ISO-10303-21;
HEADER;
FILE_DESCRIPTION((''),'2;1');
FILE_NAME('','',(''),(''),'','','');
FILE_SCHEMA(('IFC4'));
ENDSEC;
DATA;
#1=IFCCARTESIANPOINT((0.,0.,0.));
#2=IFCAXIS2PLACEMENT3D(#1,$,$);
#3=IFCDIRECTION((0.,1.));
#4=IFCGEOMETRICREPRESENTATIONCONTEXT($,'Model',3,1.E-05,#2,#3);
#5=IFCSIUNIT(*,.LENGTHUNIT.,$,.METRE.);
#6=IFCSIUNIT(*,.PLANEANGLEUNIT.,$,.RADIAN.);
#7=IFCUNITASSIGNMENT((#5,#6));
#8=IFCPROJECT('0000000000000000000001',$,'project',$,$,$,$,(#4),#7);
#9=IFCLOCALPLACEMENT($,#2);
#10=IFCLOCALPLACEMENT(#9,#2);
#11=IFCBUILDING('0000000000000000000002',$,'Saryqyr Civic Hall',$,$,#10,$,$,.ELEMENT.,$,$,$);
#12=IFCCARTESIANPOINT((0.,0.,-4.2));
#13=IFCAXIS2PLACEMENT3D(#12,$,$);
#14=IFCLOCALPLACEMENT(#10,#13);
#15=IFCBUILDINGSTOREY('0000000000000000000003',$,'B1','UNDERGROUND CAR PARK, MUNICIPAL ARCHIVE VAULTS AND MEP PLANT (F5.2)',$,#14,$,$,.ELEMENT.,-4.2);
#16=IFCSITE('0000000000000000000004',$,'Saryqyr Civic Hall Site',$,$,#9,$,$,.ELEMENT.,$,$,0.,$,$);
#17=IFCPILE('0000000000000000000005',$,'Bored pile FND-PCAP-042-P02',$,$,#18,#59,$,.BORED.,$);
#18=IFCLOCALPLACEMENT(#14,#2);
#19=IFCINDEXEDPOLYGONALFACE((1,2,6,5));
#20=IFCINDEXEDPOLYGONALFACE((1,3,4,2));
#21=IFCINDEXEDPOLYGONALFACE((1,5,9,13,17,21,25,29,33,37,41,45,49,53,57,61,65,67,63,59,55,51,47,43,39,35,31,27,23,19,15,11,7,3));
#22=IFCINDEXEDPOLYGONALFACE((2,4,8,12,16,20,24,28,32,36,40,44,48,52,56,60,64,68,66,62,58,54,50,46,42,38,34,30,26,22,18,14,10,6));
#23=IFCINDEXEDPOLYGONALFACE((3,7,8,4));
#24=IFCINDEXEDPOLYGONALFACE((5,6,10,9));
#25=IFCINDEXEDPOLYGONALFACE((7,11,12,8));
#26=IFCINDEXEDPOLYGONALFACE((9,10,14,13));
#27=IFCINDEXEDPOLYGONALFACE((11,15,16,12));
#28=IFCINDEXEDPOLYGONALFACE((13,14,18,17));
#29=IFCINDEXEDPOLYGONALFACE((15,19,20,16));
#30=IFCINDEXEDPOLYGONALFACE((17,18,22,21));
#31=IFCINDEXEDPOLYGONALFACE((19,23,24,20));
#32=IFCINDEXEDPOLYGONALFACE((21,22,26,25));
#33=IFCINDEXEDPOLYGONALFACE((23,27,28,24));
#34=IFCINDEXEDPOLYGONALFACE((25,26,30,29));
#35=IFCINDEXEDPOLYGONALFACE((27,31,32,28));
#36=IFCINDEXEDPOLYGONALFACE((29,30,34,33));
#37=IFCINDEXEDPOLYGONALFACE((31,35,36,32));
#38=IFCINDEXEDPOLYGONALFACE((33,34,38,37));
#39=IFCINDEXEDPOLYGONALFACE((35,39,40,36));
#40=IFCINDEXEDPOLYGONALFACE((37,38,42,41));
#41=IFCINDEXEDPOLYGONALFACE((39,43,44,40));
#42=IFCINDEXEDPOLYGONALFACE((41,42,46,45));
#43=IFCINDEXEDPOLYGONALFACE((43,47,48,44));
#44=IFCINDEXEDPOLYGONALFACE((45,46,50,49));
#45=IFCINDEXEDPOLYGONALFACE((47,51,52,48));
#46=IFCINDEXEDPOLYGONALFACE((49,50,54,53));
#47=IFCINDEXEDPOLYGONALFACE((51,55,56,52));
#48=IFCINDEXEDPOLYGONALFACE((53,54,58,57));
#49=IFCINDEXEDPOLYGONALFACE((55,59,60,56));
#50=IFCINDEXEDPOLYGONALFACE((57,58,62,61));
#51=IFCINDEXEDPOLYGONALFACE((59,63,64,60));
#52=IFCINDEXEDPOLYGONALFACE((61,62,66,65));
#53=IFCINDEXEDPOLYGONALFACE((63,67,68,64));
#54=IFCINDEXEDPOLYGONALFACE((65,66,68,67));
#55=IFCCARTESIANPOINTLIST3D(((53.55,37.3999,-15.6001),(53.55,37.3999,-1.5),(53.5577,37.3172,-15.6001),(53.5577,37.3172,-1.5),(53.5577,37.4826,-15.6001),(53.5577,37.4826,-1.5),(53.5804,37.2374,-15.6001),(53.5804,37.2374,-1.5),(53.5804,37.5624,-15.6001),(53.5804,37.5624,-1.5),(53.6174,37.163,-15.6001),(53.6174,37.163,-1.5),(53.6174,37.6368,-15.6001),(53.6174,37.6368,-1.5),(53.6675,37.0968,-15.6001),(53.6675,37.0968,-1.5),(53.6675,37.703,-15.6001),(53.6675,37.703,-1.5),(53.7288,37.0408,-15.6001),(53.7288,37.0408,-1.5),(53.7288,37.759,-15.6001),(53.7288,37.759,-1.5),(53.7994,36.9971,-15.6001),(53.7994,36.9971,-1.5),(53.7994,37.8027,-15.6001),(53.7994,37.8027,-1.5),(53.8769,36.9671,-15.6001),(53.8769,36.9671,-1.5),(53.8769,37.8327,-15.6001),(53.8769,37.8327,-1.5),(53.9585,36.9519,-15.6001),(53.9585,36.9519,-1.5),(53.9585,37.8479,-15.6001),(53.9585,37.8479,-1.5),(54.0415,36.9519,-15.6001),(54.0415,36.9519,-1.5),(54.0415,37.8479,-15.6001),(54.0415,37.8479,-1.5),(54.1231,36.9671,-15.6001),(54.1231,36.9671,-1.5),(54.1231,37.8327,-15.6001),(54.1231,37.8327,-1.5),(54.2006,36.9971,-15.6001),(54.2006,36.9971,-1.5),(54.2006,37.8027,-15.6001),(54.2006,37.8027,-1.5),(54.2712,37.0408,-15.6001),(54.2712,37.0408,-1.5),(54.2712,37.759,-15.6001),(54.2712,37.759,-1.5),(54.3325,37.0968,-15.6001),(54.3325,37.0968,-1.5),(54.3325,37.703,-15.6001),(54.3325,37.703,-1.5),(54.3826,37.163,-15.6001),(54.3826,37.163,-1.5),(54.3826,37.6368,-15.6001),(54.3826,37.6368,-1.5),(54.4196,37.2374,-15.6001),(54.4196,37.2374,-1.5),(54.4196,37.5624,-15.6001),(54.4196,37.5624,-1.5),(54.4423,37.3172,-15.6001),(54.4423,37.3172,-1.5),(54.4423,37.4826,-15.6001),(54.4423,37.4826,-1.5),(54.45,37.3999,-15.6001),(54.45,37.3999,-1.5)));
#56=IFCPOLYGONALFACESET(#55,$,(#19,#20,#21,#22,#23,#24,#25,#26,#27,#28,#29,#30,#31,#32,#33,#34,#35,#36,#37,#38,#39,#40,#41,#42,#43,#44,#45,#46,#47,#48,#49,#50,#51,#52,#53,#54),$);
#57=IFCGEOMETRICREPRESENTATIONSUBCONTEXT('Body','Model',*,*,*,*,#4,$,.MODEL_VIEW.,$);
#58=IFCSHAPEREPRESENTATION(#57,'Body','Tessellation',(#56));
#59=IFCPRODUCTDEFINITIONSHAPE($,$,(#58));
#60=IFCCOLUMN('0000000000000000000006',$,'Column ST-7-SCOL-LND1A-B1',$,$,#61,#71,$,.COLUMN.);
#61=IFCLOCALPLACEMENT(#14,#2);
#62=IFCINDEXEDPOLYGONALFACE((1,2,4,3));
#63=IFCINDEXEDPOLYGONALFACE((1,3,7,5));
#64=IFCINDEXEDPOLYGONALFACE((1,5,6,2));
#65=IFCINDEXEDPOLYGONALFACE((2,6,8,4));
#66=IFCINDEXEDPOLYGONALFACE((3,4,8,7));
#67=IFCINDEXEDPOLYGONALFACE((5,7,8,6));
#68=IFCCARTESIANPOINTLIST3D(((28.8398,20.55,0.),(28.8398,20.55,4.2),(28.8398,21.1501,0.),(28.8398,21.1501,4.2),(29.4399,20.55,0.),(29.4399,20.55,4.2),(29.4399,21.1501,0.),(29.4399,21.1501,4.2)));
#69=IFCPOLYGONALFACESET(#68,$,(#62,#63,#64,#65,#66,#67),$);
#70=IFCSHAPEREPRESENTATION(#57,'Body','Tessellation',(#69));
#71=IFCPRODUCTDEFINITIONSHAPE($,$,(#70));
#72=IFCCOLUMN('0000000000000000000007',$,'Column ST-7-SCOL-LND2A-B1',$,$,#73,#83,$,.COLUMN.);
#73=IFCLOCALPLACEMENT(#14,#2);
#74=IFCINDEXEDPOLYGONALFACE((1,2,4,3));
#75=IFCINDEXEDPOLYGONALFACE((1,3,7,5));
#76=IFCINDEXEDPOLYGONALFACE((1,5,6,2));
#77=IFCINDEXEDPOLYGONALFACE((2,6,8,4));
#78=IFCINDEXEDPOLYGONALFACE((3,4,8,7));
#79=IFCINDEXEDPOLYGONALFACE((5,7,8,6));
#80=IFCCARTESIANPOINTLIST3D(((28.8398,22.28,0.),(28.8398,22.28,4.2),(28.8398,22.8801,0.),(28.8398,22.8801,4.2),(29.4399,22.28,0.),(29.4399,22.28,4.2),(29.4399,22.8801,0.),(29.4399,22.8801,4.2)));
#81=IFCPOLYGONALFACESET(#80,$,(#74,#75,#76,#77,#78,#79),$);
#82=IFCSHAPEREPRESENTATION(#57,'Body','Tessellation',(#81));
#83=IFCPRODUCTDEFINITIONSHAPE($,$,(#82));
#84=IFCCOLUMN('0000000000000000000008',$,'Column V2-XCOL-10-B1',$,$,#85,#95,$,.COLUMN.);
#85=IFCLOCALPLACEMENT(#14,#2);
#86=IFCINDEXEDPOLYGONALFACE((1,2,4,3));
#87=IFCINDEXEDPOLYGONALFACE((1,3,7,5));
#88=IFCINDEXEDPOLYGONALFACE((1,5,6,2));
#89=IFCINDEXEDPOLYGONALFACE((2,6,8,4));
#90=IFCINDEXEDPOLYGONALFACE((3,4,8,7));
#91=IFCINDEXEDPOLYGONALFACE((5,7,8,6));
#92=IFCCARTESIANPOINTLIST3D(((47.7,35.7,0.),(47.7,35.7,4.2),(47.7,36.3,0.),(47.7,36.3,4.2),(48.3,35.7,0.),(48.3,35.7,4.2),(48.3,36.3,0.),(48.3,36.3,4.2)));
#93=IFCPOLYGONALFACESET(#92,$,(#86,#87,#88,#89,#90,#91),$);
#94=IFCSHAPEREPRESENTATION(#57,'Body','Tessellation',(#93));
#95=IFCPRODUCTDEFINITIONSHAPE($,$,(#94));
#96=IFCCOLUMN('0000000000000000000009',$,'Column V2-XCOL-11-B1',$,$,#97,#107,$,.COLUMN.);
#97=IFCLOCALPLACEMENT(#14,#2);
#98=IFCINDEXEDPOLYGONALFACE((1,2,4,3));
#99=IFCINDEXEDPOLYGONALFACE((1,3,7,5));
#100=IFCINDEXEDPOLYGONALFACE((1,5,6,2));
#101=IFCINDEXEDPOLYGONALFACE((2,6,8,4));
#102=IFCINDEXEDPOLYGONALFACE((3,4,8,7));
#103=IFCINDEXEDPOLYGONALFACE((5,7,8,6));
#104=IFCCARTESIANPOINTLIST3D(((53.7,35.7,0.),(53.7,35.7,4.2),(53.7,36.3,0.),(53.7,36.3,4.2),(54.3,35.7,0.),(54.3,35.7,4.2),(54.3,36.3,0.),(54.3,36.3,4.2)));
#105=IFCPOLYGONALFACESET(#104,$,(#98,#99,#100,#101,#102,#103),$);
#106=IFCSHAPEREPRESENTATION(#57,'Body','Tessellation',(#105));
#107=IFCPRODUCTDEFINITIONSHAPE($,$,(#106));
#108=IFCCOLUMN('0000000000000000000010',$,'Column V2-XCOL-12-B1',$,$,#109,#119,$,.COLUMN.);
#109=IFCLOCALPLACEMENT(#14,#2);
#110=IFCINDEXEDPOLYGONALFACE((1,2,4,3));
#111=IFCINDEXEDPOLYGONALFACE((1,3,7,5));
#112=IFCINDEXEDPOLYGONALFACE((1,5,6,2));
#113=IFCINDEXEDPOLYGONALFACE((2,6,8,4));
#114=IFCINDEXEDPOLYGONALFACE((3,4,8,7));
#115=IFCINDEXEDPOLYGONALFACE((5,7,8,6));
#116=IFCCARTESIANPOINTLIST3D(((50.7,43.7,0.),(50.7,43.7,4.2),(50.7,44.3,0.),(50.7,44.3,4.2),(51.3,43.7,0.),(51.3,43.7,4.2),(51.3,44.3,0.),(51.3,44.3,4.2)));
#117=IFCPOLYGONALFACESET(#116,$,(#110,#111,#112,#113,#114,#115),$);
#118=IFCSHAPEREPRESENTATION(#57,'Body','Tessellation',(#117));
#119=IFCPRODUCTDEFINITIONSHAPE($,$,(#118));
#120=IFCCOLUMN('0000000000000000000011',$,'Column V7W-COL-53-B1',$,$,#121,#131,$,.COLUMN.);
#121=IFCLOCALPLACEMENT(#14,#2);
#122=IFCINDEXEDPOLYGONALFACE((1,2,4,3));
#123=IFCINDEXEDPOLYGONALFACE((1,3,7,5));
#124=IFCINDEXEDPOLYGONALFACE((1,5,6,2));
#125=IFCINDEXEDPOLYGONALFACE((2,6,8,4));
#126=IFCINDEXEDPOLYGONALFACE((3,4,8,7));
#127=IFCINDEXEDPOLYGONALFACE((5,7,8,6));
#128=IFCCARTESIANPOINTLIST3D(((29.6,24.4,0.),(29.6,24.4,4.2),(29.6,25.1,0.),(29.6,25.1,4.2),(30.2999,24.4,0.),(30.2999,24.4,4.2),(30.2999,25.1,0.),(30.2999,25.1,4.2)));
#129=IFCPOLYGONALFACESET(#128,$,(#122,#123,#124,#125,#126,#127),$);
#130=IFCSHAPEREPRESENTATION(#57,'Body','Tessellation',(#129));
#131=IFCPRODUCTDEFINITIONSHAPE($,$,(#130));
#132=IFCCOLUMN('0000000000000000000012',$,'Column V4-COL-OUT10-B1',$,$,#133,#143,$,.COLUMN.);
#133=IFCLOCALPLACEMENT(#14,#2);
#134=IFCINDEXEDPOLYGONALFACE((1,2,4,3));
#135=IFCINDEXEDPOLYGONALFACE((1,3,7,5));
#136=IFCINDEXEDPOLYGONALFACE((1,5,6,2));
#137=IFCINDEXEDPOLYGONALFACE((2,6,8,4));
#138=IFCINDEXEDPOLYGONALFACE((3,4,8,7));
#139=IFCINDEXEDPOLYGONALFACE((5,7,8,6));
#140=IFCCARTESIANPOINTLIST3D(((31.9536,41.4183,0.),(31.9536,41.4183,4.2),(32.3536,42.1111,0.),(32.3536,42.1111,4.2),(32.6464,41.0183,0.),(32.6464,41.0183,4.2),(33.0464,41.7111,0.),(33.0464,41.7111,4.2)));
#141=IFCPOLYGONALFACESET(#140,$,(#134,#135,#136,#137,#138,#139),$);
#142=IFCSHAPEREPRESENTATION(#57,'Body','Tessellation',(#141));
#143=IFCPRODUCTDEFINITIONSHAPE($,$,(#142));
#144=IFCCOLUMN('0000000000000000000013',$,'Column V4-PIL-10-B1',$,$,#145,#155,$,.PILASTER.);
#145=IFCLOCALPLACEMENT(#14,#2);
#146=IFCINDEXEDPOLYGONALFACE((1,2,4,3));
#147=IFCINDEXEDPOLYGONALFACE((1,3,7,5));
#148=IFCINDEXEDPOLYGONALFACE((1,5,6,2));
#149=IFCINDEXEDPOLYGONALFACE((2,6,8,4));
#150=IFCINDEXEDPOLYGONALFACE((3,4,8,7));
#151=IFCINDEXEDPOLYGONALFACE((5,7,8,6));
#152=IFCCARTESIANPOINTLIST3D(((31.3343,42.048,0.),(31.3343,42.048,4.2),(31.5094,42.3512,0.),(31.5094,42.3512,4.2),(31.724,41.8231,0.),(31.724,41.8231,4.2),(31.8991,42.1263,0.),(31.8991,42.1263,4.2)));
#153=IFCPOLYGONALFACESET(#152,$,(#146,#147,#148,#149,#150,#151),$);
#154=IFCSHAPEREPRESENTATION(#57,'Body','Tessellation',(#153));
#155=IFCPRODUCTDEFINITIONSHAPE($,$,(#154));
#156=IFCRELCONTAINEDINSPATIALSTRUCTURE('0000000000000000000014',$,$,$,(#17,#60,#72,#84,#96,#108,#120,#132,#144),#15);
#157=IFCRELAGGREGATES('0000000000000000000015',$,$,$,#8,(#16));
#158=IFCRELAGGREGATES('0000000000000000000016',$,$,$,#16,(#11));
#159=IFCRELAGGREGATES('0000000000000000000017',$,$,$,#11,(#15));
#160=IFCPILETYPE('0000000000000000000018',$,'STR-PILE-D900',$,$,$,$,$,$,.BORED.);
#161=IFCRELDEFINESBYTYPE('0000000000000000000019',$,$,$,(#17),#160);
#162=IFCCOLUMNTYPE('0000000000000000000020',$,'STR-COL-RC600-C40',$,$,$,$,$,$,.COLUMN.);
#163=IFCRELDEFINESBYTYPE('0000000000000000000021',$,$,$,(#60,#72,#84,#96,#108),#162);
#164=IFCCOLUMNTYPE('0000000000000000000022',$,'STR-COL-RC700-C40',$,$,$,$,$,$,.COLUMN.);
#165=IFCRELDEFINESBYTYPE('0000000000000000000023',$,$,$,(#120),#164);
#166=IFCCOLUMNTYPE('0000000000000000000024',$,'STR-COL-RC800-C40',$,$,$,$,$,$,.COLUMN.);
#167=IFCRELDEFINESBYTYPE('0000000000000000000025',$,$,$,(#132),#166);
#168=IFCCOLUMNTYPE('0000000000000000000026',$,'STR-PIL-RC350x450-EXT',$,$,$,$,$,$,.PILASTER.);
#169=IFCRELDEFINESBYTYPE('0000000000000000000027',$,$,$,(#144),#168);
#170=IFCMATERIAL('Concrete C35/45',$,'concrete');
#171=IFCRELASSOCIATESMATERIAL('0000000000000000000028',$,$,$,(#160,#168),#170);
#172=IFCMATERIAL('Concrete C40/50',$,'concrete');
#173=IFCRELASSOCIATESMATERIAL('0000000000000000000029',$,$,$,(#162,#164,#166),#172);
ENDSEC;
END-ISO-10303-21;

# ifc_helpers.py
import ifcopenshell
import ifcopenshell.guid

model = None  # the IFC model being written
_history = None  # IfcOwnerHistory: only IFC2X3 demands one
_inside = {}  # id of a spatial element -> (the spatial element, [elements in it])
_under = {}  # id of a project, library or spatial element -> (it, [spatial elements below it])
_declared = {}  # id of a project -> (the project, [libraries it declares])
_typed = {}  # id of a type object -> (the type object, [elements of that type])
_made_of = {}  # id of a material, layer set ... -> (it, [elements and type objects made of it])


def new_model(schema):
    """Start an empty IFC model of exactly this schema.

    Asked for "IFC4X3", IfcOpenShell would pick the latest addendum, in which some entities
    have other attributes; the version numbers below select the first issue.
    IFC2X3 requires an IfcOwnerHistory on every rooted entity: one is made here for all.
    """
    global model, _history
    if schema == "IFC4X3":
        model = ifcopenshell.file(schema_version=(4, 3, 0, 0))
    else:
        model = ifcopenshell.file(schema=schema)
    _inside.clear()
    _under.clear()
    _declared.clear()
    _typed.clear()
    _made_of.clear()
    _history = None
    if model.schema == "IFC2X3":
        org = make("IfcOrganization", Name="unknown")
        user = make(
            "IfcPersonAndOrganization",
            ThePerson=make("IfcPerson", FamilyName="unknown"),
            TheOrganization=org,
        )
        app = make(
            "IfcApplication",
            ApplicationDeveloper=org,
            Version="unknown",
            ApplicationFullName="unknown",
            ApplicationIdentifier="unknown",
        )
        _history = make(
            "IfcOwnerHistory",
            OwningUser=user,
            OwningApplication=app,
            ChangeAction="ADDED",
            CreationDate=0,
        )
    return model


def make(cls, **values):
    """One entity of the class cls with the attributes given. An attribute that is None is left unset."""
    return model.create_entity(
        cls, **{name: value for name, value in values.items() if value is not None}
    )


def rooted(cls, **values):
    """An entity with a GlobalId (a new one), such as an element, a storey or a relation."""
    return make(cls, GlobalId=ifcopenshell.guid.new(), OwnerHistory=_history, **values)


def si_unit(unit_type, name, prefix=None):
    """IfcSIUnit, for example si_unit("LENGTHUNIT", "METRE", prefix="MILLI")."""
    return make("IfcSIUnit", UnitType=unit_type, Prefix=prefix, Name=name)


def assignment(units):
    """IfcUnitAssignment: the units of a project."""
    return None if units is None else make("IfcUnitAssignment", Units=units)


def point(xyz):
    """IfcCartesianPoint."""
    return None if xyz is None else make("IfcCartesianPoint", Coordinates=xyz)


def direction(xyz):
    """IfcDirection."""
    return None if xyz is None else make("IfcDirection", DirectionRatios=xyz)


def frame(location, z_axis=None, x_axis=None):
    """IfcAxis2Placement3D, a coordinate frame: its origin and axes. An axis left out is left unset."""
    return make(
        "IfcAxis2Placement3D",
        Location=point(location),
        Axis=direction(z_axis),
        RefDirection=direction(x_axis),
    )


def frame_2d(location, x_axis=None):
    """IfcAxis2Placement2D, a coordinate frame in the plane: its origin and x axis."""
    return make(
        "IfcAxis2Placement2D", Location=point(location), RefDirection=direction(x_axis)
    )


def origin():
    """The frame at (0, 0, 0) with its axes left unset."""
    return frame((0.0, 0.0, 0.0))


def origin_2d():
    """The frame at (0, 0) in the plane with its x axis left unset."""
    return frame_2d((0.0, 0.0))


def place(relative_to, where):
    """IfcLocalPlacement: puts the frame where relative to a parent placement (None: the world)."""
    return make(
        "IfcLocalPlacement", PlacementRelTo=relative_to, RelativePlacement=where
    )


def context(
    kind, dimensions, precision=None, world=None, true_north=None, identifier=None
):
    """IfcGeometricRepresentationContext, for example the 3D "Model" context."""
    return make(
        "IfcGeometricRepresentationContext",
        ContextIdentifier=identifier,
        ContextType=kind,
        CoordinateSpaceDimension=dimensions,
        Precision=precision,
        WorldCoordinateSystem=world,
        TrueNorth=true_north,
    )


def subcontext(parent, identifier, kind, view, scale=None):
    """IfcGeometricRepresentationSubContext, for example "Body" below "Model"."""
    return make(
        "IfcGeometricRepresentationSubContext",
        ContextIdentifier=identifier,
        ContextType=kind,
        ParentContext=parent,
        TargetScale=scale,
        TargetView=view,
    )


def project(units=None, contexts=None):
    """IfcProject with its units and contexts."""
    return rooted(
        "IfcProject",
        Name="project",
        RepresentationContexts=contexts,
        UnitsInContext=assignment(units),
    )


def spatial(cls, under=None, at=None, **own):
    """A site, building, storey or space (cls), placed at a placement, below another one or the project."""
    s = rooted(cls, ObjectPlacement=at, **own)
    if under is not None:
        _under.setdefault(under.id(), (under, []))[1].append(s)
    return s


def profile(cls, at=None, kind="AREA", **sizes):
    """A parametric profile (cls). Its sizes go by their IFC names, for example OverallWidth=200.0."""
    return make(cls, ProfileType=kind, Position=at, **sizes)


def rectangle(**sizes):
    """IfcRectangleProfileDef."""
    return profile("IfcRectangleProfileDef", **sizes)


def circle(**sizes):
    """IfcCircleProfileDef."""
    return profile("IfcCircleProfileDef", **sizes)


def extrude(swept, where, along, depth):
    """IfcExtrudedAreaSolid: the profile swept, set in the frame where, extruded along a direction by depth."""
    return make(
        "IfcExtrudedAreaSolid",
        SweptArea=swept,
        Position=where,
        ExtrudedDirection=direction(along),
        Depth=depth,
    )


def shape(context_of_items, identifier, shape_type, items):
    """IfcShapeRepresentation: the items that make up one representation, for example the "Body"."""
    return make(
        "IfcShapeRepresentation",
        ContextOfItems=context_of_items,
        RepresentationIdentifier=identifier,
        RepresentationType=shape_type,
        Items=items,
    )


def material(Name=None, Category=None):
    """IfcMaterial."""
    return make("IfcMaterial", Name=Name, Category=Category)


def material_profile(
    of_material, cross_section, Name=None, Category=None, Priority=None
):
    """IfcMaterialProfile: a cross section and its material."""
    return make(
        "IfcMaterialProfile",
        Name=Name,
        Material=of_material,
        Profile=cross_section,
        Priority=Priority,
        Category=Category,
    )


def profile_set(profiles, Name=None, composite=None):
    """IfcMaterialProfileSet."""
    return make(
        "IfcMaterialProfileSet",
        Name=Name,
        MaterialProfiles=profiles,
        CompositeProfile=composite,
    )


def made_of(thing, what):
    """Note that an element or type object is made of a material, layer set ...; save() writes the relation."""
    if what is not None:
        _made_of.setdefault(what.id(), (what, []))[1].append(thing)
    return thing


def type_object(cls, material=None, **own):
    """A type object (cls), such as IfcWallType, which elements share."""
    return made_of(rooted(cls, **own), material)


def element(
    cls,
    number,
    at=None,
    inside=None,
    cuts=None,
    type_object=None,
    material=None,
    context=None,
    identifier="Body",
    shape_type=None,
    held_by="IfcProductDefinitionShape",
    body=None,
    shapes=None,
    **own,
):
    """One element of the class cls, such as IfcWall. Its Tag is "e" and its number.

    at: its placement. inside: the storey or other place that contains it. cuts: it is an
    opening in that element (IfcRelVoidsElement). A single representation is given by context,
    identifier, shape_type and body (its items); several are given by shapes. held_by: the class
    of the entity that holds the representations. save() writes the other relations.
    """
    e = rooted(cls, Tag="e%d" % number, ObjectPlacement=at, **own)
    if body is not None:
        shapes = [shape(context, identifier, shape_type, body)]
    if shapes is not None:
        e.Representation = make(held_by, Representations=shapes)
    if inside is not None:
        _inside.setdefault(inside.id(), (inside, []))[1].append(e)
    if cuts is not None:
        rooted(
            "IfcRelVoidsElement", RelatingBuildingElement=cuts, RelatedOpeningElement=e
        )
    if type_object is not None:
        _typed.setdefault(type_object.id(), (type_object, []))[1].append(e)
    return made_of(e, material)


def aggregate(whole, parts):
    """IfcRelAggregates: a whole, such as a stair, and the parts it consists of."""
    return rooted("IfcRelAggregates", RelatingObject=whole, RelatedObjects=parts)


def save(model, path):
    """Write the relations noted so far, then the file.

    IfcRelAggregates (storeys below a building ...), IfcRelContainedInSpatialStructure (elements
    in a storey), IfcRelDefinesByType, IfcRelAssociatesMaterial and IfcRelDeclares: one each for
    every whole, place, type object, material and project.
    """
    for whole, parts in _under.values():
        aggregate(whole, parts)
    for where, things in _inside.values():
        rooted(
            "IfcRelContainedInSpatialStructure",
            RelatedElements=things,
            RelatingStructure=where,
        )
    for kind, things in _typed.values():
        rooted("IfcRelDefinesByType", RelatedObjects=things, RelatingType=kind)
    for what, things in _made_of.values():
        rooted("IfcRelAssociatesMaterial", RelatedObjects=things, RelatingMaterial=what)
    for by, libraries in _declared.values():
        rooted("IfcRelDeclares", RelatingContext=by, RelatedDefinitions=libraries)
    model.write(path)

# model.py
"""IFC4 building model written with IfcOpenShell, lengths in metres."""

from ifc_helpers import new_model, si_unit, direction, frame, origin, origin_2d, place, context, subcontext, project, spatial, rectangle, circle, extrude, material, material_profile, profile_set, type_object, element, save


model = new_model("IFC4")

# Units and contexts
model_context = context("Model", 3, precision=1e-05, world=origin(), true_north=direction((0.0, 1.0)))
body_context = subcontext(model_context, "Body", "Model", "MODEL_VIEW")
ifc_project = project(units=[si_unit("LENGTHUNIT", "METRE"), si_unit("PLANEANGLEUNIT", "RADIAN")], contexts=[model_context])

# Site, building, storey
site_placement = place(None, origin())
site = spatial("IfcSite", under=ifc_project, at=site_placement, Name="Saryqyr Civic Hall Site", CompositionType="ELEMENT", RefElevation=0.0)
building_placement = place(site_placement, origin())
building = spatial("IfcBuilding", under=site, at=building_placement, Name="Saryqyr Civic Hall", CompositionType="ELEMENT")
storey_placement = place(building_placement, frame((0.0, 0.0, -4.2)))
storey = spatial("IfcBuildingStorey", under=building, at=storey_placement, Name="B1", Description="UNDERGROUND CAR PARK, MUNICIPAL ARCHIVE VAULTS AND MEP PLANT (F5.2)", CompositionType="ELEMENT", Elevation=-4.2)

# Shared definitions
ifc_material_1 = material(Name="Concrete C35/45", Category="concrete")

# Pile
ifc_material_profile_1 = material_profile(ifc_material_1, circle(Radius=0.45, at=origin_2d()), Name="BORED PILE D900")
ifc_profile_set_1 = profile_set([ifc_material_profile_1], Name="Concrete C35/45")
pile_type_1 = type_object("IfcPileType", Name="STR-PILE-D900", PredefinedType="BORED", material=ifc_profile_set_1)
for number, where, z_axis, x_axis, name in (
    (1, (54.0, 37.3999, -1.5), (0.0, 0.0, -1.0), (1.0, 0.0, 0.0), "Bored pile FND-PCAP-042-P02"),
):
    element("IfcPile", number, at=place(storey_placement, frame(where, z_axis=z_axis, x_axis=x_axis)), inside=storey, type_object=pile_type_1, Name=name, PredefinedType="BORED", context=body_context, shape_type="SweptSolid", body=[
        extrude(circle(Radius=0.45, at=origin_2d()), origin(), (0.0, 0.0, 1.0), 14.1001),
    ])

# Columns
ifc_material_2 = material(Name="Concrete C40/50", Category="concrete")
ifc_material_profile_2 = material_profile(ifc_material_2, rectangle(XDim=0.6001, YDim=0.6001, at=origin_2d()), Name="RC 600x600")
ifc_profile_set_2 = profile_set([ifc_material_profile_2], Name="Concrete C40/50")
column_type_1 = type_object("IfcColumnType", Name="STR-COL-RC600-C40", PredefinedType="COLUMN", material=ifc_profile_set_2)
for number, where, z_axis, x_axis, name in (
    (2, (29.1399, 20.8501, 0.0), (0.0, 0.0, 1.0), (1.0, 0.0, 0.0), "Column ST-7-SCOL-LND1A-B1"),
    (3, (29.1399, 22.5801, 0.0), (0.0, 0.0, 1.0), (1.0, 0.0, 0.0), "Column ST-7-SCOL-LND2A-B1"),
    (4, (48.0, 36.0, 0.0), (0.0, 0.0, 1.0), (1.0, 0.0, 0.0), "Column V2-XCOL-10-B1"),
    (5, (54.0, 36.0, 0.0), (0.0, 0.0, 1.0), (1.0, 0.0, 0.0), "Column V2-XCOL-11-B1"),
    (6, (51.0, 44.0, 0.0), (0.0, 0.0, 1.0), (1.0, 0.0, 0.0), "Column V2-XCOL-12-B1"),
):
    element("IfcColumn", number, at=place(storey_placement, frame(where, z_axis=z_axis, x_axis=x_axis)), inside=storey, type_object=column_type_1, Name=name, PredefinedType="COLUMN", context=body_context, shape_type="SweptSolid", body=[
        extrude(rectangle(XDim=0.6001, YDim=0.6001, at=origin_2d()), origin(), (0.0, 0.0, 1.0), 4.2),
    ])
ifc_material_profile_3 = material_profile(ifc_material_2, rectangle(XDim=0.7, YDim=0.7, at=origin_2d()), Name="RC 700x700")
ifc_profile_set_3 = profile_set([ifc_material_profile_3], Name="Concrete C40/50")
column_type_2 = type_object("IfcColumnType", Name="STR-COL-RC700-C40", PredefinedType="COLUMN", material=ifc_profile_set_3)
column_1_placement = place(storey_placement, frame((29.95, 24.75, 0.0), z_axis=(0.0, 0.0, 1.0), x_axis=(1.0, 0.0, 0.0)))
element("IfcColumn", 7, at=column_1_placement, inside=storey, type_object=column_type_2, Name="Column V7W-COL-53-B1", PredefinedType="COLUMN", context=body_context, shape_type="SweptSolid", body=[
    extrude(rectangle(XDim=0.7, YDim=0.7, at=origin_2d()), origin(), (0.0, 0.0, 1.0), 4.2),
])
ifc_material_profile_4 = material_profile(ifc_material_2, rectangle(XDim=0.8, YDim=0.8, at=origin_2d()), Name="RC 800x800")
ifc_profile_set_4 = profile_set([ifc_material_profile_4], Name="Concrete C40/50")
column_type_3 = type_object("IfcColumnType", Name="STR-COL-RC800-C40", PredefinedType="COLUMN", material=ifc_profile_set_4)
column_2_placement = place(storey_placement, frame((32.5, 41.5647, 0.0), z_axis=(0.0, 0.0, 1.0), x_axis=(-0.5, -0.866025, 0.0)))
element("IfcColumn", 8, at=column_2_placement, inside=storey, type_object=column_type_3, Name="Column V4-COL-OUT10-B1", PredefinedType="COLUMN", context=body_context, shape_type="SweptSolid", body=[
    extrude(rectangle(XDim=0.8, YDim=0.8, at=origin_2d()), origin(), (0.0, 0.0, 1.0), 4.2),
])
ifc_material_profile_5 = material_profile(ifc_material_1, rectangle(XDim=0.3501, YDim=0.45, at=origin_2d()), Name="RC 350x450")
ifc_profile_set_5 = profile_set([ifc_material_profile_5], Name="Concrete C35/45")
column_type_4 = type_object("IfcColumnType", Name="STR-PIL-RC350x450-EXT", PredefinedType="PILASTER", material=ifc_profile_set_5)
column_3_placement = place(storey_placement, frame((31.6167, 42.0872, 0.0), z_axis=(0.0, 0.0, 1.0), x_axis=(-0.5, -0.866025, 0.0)))
element("IfcColumn", 9, at=column_3_placement, inside=storey, type_object=column_type_4, Name="Column V4-PIL-10-B1", PredefinedType="PILASTER", context=body_context, shape_type="SweptSolid", body=[
    extrude(rectangle(XDim=0.3501, YDim=0.45, at=origin_2d()), origin(), (0.0, 0.0, 1.0), 4.2),
])

save(model, "model.ifc")
